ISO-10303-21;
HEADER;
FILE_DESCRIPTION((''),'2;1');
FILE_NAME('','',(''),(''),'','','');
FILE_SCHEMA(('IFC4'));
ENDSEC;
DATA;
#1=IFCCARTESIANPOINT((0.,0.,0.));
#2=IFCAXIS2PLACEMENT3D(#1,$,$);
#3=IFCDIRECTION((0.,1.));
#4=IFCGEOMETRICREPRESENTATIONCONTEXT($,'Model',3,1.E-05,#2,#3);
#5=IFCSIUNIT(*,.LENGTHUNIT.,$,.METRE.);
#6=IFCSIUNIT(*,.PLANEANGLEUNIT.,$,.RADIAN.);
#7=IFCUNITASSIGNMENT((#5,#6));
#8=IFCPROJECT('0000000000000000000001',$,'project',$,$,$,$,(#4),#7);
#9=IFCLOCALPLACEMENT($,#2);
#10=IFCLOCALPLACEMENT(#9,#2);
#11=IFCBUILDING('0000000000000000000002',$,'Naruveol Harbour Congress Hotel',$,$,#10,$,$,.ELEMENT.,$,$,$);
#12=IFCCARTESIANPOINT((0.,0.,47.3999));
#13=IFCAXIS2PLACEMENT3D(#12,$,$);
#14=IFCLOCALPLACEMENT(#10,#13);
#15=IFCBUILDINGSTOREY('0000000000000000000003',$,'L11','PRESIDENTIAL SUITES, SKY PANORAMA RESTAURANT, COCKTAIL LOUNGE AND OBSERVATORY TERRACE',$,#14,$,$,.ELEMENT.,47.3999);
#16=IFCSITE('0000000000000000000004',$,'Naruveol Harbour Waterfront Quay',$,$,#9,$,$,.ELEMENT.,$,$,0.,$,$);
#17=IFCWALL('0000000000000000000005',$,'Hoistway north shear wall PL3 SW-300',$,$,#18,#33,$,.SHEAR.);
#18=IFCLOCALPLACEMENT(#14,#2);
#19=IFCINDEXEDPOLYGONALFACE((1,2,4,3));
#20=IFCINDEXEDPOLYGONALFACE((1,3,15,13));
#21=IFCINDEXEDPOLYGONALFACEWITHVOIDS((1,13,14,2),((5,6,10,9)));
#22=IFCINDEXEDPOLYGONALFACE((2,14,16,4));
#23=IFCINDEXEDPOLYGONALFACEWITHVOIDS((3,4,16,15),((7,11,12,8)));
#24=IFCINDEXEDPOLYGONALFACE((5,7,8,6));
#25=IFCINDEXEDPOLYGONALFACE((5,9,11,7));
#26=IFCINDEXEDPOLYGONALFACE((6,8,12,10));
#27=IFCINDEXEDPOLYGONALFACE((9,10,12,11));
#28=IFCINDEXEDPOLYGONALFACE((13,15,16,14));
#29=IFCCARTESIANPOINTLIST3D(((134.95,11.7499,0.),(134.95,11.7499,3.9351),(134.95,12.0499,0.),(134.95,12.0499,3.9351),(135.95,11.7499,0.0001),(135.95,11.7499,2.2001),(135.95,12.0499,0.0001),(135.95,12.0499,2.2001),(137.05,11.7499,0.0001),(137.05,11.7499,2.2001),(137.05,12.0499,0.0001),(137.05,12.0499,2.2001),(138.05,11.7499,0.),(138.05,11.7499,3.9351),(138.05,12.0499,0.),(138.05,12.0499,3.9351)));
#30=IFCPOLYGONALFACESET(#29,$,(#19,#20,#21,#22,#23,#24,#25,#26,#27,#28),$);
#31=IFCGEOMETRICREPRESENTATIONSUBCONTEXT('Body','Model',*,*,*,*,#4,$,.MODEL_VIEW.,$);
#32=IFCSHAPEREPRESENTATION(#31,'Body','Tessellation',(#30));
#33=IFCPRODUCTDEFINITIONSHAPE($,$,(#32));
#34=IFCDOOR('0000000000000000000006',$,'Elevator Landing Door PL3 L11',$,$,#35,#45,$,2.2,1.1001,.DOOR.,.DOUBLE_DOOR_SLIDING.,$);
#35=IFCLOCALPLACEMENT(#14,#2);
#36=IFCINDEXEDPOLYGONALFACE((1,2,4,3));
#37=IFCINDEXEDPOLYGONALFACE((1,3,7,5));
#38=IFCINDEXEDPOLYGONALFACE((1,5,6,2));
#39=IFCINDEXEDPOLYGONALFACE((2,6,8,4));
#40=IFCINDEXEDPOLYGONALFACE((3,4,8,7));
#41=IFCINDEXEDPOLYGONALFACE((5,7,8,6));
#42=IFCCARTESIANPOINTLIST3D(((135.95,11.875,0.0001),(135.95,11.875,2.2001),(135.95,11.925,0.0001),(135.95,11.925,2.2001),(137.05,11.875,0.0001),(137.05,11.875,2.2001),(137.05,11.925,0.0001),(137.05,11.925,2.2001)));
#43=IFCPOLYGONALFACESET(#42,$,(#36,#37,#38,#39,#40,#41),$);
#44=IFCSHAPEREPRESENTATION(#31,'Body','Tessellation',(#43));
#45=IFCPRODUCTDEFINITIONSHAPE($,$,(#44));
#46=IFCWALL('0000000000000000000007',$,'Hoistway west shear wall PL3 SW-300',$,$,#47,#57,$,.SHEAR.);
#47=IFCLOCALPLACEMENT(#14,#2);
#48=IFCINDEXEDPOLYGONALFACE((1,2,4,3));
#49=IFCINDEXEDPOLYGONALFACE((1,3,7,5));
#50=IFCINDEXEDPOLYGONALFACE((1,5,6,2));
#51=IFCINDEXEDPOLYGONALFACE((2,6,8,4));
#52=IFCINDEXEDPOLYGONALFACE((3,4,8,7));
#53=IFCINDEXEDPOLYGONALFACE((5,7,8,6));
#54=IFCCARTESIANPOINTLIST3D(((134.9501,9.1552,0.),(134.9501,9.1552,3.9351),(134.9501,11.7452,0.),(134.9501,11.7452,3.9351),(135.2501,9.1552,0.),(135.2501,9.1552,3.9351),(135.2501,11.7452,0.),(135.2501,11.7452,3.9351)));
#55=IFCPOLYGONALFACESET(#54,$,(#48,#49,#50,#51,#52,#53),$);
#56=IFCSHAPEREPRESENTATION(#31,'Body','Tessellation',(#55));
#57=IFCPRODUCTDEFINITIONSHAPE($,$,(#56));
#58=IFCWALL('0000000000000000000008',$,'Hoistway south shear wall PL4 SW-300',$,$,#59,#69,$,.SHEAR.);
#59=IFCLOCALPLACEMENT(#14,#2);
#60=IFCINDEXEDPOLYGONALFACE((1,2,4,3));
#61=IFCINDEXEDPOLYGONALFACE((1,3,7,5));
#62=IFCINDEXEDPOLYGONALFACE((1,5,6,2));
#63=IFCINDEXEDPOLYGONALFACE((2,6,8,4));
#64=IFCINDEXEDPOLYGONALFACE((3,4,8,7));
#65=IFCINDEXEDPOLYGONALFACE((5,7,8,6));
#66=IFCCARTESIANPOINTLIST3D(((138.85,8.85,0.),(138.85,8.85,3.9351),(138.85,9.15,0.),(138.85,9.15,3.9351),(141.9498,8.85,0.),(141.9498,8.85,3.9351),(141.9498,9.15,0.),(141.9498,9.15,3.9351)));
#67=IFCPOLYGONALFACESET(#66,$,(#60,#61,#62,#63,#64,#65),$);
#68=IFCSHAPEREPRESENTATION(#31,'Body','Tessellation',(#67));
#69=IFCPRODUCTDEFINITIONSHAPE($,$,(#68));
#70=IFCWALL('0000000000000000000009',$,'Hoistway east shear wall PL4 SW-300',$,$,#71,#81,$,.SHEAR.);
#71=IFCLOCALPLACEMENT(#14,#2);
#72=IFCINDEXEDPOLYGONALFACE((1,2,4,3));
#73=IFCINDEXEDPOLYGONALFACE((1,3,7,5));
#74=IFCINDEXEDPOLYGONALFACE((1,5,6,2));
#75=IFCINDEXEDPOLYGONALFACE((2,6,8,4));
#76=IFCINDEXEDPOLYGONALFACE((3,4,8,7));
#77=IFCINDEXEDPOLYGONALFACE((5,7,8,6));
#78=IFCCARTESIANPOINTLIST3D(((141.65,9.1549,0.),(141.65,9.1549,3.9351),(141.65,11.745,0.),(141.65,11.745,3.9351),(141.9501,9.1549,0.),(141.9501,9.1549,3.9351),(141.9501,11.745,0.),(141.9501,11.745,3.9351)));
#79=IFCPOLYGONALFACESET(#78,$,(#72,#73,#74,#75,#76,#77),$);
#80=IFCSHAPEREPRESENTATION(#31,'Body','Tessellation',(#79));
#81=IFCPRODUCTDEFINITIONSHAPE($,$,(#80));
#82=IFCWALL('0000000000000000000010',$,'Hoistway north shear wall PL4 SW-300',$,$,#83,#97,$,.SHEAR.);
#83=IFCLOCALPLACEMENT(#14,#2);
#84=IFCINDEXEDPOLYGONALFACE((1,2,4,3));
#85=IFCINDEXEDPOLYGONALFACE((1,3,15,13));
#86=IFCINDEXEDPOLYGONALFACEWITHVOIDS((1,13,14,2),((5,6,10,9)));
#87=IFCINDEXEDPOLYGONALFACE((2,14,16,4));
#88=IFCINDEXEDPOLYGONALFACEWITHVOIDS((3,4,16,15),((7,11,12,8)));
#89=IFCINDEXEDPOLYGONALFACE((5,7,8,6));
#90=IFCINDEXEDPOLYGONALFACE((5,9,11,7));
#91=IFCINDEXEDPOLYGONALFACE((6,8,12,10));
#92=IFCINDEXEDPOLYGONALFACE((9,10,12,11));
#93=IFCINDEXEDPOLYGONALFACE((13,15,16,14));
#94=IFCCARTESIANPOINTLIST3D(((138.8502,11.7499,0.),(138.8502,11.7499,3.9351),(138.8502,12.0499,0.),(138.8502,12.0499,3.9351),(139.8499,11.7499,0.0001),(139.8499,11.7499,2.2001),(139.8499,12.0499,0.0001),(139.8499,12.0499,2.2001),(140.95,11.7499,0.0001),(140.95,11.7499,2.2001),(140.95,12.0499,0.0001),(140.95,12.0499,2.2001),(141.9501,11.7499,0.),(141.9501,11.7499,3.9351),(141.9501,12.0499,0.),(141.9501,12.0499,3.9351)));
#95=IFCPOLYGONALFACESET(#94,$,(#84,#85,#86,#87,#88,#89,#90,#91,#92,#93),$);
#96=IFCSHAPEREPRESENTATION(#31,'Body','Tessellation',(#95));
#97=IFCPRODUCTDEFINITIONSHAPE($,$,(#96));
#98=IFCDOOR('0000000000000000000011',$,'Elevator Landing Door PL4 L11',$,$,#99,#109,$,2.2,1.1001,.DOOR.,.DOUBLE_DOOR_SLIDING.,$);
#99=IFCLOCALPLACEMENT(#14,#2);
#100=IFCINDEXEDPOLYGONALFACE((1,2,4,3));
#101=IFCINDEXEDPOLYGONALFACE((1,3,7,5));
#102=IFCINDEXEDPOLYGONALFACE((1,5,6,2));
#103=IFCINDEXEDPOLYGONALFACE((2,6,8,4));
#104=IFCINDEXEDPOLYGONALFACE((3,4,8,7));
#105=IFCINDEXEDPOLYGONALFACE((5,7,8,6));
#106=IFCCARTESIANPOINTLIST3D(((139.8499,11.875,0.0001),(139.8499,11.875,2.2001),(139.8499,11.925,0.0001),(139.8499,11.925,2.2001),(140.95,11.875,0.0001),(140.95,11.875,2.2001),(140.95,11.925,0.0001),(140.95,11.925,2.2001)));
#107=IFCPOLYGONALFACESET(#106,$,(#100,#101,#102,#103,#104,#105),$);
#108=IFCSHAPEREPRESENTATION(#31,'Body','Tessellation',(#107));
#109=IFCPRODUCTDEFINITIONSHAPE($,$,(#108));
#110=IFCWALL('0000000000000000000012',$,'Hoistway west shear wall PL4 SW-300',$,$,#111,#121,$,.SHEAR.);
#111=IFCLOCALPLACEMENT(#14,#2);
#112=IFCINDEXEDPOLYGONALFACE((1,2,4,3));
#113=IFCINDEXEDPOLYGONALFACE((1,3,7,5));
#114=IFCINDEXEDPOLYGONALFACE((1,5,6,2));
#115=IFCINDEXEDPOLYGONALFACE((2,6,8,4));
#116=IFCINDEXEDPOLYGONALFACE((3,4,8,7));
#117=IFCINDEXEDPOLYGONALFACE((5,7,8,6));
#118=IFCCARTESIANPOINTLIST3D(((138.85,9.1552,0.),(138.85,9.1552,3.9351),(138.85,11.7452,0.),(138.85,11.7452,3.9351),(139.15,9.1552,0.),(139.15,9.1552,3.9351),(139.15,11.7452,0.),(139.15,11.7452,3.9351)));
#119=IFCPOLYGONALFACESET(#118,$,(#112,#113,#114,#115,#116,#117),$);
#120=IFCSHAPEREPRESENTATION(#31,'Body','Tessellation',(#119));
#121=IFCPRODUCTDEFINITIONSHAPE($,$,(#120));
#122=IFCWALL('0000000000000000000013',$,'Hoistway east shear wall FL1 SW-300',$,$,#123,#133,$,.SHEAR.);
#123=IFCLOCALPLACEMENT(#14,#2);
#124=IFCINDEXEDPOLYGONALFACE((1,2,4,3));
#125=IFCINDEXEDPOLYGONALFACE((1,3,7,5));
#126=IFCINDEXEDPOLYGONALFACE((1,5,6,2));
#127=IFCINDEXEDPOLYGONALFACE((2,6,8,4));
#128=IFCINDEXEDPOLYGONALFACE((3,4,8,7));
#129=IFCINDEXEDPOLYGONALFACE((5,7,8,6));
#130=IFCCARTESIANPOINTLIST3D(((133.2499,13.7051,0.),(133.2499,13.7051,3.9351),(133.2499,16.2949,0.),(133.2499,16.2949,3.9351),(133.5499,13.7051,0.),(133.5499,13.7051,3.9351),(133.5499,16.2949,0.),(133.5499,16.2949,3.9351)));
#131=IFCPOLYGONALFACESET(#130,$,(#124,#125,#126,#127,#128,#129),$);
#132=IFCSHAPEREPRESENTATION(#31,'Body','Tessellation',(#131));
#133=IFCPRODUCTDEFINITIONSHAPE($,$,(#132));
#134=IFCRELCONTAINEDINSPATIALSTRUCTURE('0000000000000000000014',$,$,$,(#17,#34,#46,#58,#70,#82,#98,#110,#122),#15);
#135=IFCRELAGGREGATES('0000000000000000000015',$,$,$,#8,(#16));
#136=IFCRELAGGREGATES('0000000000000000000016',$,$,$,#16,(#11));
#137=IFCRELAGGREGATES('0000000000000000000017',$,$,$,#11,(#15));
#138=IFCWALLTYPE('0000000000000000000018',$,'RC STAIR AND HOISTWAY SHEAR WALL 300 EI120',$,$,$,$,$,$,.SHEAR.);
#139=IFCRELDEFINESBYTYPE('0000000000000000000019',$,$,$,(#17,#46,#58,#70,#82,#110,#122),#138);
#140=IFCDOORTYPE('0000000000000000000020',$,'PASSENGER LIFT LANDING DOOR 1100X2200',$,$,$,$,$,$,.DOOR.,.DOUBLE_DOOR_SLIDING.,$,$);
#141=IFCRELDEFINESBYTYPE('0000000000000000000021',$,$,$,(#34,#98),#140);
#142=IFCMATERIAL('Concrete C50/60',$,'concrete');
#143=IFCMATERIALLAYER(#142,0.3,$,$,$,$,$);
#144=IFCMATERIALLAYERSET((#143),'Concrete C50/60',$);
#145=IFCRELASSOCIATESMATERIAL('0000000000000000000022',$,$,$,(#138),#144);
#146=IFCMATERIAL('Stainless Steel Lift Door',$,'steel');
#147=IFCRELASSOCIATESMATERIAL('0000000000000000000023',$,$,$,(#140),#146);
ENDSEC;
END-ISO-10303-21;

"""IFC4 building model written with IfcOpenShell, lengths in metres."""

from ifc_helpers import new_model, si_unit, direction, frame, frame_2d, origin, place, context, subcontext, project, spatial, rectangle, extrude, material, layer, layer_set, type_object, element, fill, save


model = new_model("IFC4")

# Units and contexts
model_context = context("Model", 3, precision=1e-05, world=origin(), true_north=direction((0.0, 1.0)))
body_context = subcontext(model_context, "Body", "Model", "MODEL_VIEW")
ifc_project = project(units=[si_unit("LENGTHUNIT", "METRE"), si_unit("PLANEANGLEUNIT", "RADIAN")], contexts=[model_context])

# Site, building, storey
site_placement = place(None, origin())
site = spatial("IfcSite", under=ifc_project, at=site_placement, Name="Naruveol Harbour Waterfront Quay", CompositionType="ELEMENT", RefElevation=0.0)
building_placement = place(site_placement, origin())
building = spatial("IfcBuilding", under=site, at=building_placement, Name="Naruveol Harbour Congress Hotel", CompositionType="ELEMENT")
storey_placement = place(building_placement, frame((0.0, 0.0, 47.3999)))
storey = spatial("IfcBuildingStorey", under=building, at=storey_placement, Name="L11", Description="PRESIDENTIAL SUITES, SKY PANORAMA RESTAURANT, COCKTAIL LOUNGE AND OBSERVATORY TERRACE", CompositionType="ELEMENT", Elevation=47.3999)

# Shared definitions
ifc_material_1 = material(Name="Concrete C50/60", Category="concrete")
ifc_layer_1 = layer(ifc_material_1, 0.3)
ifc_layer_set_1 = layer_set([ifc_layer_1], Name="Concrete C50/60")
wall_type_1 = type_object("IfcWallType", Name="RC STAIR AND HOISTWAY SHEAR WALL 300 EI120", PredefinedType="SHEAR", material=ifc_layer_set_1)

# Wall, opening, door
wall_1_placement = place(storey_placement, frame((138.05, 11.8999, 0.0), z_axis=(0.0, 0.0, 1.0), x_axis=(-1.0, 0.0, 0.0)))
wall_1 = element("IfcWall", 1, at=wall_1_placement, inside=storey, type_object=wall_type_1, Name="Hoistway north shear wall PL3 SW-300", PredefinedType="SHEAR", context=body_context, shape_type="SweptSolid", body=[
    extrude(rectangle(XDim=3.1001, YDim=0.3, at=frame_2d((1.55, 0.0))), origin(), (0.0, 0.0, 1.0), 3.9351),
])
opening_1_placement = place(wall_1_placement, frame((1.0, 0.0, 0.0)))
opening_1 = element("IfcOpeningElement", 2, at=opening_1_placement, cuts=wall_1, PredefinedType="OPENING", context=body_context, shape_type="SweptSolid", body=[
    extrude(rectangle(XDim=1.1001, YDim=2.2, at=frame_2d((0.55, 1.1001))), frame((0.0, 0.1599, 0.0), z_axis=(0.0, -1.0, 0.0), x_axis=(1.0, 0.0, 0.0)), (0.0, 0.0, 1.0), 0.3201),
])
ifc_material_2 = material(Name="Stainless Steel Lift Door", Category="steel")
door_type_1 = type_object("IfcDoorType", Name="PASSENGER LIFT LANDING DOOR 1100X2200", OperationType="DOUBLE_DOOR_SLIDING", PredefinedType="DOOR", material=ifc_material_2)
door_1_placement = place(opening_1_placement, origin())
door_1 = element("IfcDoor", 3, at=door_1_placement, inside=storey, type_object=door_type_1, Name="Elevator Landing Door PL3 L11", OperationType="DOUBLE_DOOR_SLIDING", OverallHeight=2.2, OverallWidth=1.1001, PredefinedType="DOOR", context=body_context, shape_type="SweptSolid", body=[
    extrude(rectangle(XDim=1.1001, YDim=2.2, at=frame_2d((0.55, 1.1001))), frame((0.0, 0.0249, 0.0), z_axis=(0.0, -1.0, 0.0), x_axis=(1.0, 0.0, 0.0)), (0.0, 0.0, 1.0), 0.05),
])
fill(opening_1, door_1)

# Walls
wall_2_placement = place(storey_placement, frame((135.1001, 11.7451, 0.0), z_axis=(0.0, 0.0, 1.0), x_axis=(0.0, -1.0, 0.0)))
element("IfcWall", 4, at=wall_2_placement, inside=storey, type_object=wall_type_1, Name="Hoistway west shear wall PL3 SW-300", PredefinedType="SHEAR", context=body_context, shape_type="SweptSolid", body=[
    extrude(rectangle(XDim=2.5901, YDim=0.3, at=frame_2d((1.2949, 0.0))), origin(), (0.0, 0.0, 1.0), 3.9351),
])
wall_3_placement = place(storey_placement, frame((138.8501, 9.0, 0.0), z_axis=(0.0, 0.0, 1.0), x_axis=(1.0, 0.0, 0.0)))
element("IfcWall", 5, at=wall_3_placement, inside=storey, type_object=wall_type_1, Name="Hoistway south shear wall PL4 SW-300", PredefinedType="SHEAR", context=body_context, shape_type="SweptSolid", body=[
    extrude(rectangle(XDim=3.0999, YDim=0.3, at=frame_2d((1.5498, 0.0))), origin(), (0.0, 0.0, 1.0), 3.9351),
])
wall_4_placement = place(storey_placement, frame((141.8, 9.155, 0.0), z_axis=(0.0, 0.0, 1.0), x_axis=(0.0, 1.0, 0.0)))
element("IfcWall", 6, at=wall_4_placement, inside=storey, type_object=wall_type_1, Name="Hoistway east shear wall PL4 SW-300", PredefinedType="SHEAR", context=body_context, shape_type="SweptSolid", body=[
    extrude(rectangle(XDim=2.5901, YDim=0.3, at=frame_2d((1.2949, 0.0))), origin(), (0.0, 0.0, 1.0), 3.9351),
])

# Wall, opening, door
wall_5_placement = place(storey_placement, frame((141.95, 11.8999, 0.0), z_axis=(0.0, 0.0, 1.0), x_axis=(-1.0, 0.0, 0.0)))
wall_5 = element("IfcWall", 7, at=wall_5_placement, inside=storey, type_object=wall_type_1, Name="Hoistway north shear wall PL4 SW-300", PredefinedType="SHEAR", context=body_context, shape_type="SweptSolid", body=[
    extrude(rectangle(XDim=3.0999, YDim=0.3, at=frame_2d((1.5498, 0.0))), origin(), (0.0, 0.0, 1.0), 3.9351),
])
opening_2_placement = place(wall_5_placement, frame((1.0, 0.0, 0.0)))
opening_2 = element("IfcOpeningElement", 8, at=opening_2_placement, cuts=wall_5, PredefinedType="OPENING", context=body_context, shape_type="SweptSolid", body=[
    extrude(rectangle(XDim=1.1001, YDim=2.2, at=frame_2d((0.55, 1.1001))), frame((0.0, 0.1599, 0.0), z_axis=(0.0, -1.0, 0.0), x_axis=(1.0, 0.0, 0.0)), (0.0, 0.0, 1.0), 0.3201),
])
door_2_placement = place(opening_2_placement, origin())
door_2 = element("IfcDoor", 9, at=door_2_placement, inside=storey, type_object=door_type_1, Name="Elevator Landing Door PL4 L11", OperationType="DOUBLE_DOOR_SLIDING", OverallHeight=2.2, OverallWidth=1.1001, PredefinedType="DOOR", context=body_context, shape_type="SweptSolid", body=[
    extrude(rectangle(XDim=1.1001, YDim=2.2, at=frame_2d((0.55, 1.1001))), frame((0.0, 0.0249, 0.0), z_axis=(0.0, -1.0, 0.0), x_axis=(1.0, 0.0, 0.0)), (0.0, 0.0, 1.0), 0.05),
])
fill(opening_2, door_2)

# Walls
wall_6_placement = place(storey_placement, frame((139.0, 11.7451, 0.0), z_axis=(0.0, 0.0, 1.0), x_axis=(0.0, -1.0, 0.0)))
element("IfcWall", 10, at=wall_6_placement, inside=storey, type_object=wall_type_1, Name="Hoistway west shear wall PL4 SW-300", PredefinedType="SHEAR", context=body_context, shape_type="SweptSolid", body=[
    extrude(rectangle(XDim=2.5901, YDim=0.3, at=frame_2d((1.2949, 0.0))), origin(), (0.0, 0.0, 1.0), 3.9351),
])
wall_7_placement = place(storey_placement, frame((133.3999, 13.7051, 0.0), z_axis=(0.0, 0.0, 1.0), x_axis=(0.0, 1.0, 0.0)))
element("IfcWall", 11, at=wall_7_placement, inside=storey, type_object=wall_type_1, Name="Hoistway east shear wall FL1 SW-300", PredefinedType="SHEAR", context=body_context, shape_type="SweptSolid", body=[
    extrude(rectangle(XDim=2.5898, YDim=0.3, at=frame_2d((1.2949, 0.0))), origin(), (0.0, 0.0, 1.0), 3.9351),
])

save(model, "model.ifc")
